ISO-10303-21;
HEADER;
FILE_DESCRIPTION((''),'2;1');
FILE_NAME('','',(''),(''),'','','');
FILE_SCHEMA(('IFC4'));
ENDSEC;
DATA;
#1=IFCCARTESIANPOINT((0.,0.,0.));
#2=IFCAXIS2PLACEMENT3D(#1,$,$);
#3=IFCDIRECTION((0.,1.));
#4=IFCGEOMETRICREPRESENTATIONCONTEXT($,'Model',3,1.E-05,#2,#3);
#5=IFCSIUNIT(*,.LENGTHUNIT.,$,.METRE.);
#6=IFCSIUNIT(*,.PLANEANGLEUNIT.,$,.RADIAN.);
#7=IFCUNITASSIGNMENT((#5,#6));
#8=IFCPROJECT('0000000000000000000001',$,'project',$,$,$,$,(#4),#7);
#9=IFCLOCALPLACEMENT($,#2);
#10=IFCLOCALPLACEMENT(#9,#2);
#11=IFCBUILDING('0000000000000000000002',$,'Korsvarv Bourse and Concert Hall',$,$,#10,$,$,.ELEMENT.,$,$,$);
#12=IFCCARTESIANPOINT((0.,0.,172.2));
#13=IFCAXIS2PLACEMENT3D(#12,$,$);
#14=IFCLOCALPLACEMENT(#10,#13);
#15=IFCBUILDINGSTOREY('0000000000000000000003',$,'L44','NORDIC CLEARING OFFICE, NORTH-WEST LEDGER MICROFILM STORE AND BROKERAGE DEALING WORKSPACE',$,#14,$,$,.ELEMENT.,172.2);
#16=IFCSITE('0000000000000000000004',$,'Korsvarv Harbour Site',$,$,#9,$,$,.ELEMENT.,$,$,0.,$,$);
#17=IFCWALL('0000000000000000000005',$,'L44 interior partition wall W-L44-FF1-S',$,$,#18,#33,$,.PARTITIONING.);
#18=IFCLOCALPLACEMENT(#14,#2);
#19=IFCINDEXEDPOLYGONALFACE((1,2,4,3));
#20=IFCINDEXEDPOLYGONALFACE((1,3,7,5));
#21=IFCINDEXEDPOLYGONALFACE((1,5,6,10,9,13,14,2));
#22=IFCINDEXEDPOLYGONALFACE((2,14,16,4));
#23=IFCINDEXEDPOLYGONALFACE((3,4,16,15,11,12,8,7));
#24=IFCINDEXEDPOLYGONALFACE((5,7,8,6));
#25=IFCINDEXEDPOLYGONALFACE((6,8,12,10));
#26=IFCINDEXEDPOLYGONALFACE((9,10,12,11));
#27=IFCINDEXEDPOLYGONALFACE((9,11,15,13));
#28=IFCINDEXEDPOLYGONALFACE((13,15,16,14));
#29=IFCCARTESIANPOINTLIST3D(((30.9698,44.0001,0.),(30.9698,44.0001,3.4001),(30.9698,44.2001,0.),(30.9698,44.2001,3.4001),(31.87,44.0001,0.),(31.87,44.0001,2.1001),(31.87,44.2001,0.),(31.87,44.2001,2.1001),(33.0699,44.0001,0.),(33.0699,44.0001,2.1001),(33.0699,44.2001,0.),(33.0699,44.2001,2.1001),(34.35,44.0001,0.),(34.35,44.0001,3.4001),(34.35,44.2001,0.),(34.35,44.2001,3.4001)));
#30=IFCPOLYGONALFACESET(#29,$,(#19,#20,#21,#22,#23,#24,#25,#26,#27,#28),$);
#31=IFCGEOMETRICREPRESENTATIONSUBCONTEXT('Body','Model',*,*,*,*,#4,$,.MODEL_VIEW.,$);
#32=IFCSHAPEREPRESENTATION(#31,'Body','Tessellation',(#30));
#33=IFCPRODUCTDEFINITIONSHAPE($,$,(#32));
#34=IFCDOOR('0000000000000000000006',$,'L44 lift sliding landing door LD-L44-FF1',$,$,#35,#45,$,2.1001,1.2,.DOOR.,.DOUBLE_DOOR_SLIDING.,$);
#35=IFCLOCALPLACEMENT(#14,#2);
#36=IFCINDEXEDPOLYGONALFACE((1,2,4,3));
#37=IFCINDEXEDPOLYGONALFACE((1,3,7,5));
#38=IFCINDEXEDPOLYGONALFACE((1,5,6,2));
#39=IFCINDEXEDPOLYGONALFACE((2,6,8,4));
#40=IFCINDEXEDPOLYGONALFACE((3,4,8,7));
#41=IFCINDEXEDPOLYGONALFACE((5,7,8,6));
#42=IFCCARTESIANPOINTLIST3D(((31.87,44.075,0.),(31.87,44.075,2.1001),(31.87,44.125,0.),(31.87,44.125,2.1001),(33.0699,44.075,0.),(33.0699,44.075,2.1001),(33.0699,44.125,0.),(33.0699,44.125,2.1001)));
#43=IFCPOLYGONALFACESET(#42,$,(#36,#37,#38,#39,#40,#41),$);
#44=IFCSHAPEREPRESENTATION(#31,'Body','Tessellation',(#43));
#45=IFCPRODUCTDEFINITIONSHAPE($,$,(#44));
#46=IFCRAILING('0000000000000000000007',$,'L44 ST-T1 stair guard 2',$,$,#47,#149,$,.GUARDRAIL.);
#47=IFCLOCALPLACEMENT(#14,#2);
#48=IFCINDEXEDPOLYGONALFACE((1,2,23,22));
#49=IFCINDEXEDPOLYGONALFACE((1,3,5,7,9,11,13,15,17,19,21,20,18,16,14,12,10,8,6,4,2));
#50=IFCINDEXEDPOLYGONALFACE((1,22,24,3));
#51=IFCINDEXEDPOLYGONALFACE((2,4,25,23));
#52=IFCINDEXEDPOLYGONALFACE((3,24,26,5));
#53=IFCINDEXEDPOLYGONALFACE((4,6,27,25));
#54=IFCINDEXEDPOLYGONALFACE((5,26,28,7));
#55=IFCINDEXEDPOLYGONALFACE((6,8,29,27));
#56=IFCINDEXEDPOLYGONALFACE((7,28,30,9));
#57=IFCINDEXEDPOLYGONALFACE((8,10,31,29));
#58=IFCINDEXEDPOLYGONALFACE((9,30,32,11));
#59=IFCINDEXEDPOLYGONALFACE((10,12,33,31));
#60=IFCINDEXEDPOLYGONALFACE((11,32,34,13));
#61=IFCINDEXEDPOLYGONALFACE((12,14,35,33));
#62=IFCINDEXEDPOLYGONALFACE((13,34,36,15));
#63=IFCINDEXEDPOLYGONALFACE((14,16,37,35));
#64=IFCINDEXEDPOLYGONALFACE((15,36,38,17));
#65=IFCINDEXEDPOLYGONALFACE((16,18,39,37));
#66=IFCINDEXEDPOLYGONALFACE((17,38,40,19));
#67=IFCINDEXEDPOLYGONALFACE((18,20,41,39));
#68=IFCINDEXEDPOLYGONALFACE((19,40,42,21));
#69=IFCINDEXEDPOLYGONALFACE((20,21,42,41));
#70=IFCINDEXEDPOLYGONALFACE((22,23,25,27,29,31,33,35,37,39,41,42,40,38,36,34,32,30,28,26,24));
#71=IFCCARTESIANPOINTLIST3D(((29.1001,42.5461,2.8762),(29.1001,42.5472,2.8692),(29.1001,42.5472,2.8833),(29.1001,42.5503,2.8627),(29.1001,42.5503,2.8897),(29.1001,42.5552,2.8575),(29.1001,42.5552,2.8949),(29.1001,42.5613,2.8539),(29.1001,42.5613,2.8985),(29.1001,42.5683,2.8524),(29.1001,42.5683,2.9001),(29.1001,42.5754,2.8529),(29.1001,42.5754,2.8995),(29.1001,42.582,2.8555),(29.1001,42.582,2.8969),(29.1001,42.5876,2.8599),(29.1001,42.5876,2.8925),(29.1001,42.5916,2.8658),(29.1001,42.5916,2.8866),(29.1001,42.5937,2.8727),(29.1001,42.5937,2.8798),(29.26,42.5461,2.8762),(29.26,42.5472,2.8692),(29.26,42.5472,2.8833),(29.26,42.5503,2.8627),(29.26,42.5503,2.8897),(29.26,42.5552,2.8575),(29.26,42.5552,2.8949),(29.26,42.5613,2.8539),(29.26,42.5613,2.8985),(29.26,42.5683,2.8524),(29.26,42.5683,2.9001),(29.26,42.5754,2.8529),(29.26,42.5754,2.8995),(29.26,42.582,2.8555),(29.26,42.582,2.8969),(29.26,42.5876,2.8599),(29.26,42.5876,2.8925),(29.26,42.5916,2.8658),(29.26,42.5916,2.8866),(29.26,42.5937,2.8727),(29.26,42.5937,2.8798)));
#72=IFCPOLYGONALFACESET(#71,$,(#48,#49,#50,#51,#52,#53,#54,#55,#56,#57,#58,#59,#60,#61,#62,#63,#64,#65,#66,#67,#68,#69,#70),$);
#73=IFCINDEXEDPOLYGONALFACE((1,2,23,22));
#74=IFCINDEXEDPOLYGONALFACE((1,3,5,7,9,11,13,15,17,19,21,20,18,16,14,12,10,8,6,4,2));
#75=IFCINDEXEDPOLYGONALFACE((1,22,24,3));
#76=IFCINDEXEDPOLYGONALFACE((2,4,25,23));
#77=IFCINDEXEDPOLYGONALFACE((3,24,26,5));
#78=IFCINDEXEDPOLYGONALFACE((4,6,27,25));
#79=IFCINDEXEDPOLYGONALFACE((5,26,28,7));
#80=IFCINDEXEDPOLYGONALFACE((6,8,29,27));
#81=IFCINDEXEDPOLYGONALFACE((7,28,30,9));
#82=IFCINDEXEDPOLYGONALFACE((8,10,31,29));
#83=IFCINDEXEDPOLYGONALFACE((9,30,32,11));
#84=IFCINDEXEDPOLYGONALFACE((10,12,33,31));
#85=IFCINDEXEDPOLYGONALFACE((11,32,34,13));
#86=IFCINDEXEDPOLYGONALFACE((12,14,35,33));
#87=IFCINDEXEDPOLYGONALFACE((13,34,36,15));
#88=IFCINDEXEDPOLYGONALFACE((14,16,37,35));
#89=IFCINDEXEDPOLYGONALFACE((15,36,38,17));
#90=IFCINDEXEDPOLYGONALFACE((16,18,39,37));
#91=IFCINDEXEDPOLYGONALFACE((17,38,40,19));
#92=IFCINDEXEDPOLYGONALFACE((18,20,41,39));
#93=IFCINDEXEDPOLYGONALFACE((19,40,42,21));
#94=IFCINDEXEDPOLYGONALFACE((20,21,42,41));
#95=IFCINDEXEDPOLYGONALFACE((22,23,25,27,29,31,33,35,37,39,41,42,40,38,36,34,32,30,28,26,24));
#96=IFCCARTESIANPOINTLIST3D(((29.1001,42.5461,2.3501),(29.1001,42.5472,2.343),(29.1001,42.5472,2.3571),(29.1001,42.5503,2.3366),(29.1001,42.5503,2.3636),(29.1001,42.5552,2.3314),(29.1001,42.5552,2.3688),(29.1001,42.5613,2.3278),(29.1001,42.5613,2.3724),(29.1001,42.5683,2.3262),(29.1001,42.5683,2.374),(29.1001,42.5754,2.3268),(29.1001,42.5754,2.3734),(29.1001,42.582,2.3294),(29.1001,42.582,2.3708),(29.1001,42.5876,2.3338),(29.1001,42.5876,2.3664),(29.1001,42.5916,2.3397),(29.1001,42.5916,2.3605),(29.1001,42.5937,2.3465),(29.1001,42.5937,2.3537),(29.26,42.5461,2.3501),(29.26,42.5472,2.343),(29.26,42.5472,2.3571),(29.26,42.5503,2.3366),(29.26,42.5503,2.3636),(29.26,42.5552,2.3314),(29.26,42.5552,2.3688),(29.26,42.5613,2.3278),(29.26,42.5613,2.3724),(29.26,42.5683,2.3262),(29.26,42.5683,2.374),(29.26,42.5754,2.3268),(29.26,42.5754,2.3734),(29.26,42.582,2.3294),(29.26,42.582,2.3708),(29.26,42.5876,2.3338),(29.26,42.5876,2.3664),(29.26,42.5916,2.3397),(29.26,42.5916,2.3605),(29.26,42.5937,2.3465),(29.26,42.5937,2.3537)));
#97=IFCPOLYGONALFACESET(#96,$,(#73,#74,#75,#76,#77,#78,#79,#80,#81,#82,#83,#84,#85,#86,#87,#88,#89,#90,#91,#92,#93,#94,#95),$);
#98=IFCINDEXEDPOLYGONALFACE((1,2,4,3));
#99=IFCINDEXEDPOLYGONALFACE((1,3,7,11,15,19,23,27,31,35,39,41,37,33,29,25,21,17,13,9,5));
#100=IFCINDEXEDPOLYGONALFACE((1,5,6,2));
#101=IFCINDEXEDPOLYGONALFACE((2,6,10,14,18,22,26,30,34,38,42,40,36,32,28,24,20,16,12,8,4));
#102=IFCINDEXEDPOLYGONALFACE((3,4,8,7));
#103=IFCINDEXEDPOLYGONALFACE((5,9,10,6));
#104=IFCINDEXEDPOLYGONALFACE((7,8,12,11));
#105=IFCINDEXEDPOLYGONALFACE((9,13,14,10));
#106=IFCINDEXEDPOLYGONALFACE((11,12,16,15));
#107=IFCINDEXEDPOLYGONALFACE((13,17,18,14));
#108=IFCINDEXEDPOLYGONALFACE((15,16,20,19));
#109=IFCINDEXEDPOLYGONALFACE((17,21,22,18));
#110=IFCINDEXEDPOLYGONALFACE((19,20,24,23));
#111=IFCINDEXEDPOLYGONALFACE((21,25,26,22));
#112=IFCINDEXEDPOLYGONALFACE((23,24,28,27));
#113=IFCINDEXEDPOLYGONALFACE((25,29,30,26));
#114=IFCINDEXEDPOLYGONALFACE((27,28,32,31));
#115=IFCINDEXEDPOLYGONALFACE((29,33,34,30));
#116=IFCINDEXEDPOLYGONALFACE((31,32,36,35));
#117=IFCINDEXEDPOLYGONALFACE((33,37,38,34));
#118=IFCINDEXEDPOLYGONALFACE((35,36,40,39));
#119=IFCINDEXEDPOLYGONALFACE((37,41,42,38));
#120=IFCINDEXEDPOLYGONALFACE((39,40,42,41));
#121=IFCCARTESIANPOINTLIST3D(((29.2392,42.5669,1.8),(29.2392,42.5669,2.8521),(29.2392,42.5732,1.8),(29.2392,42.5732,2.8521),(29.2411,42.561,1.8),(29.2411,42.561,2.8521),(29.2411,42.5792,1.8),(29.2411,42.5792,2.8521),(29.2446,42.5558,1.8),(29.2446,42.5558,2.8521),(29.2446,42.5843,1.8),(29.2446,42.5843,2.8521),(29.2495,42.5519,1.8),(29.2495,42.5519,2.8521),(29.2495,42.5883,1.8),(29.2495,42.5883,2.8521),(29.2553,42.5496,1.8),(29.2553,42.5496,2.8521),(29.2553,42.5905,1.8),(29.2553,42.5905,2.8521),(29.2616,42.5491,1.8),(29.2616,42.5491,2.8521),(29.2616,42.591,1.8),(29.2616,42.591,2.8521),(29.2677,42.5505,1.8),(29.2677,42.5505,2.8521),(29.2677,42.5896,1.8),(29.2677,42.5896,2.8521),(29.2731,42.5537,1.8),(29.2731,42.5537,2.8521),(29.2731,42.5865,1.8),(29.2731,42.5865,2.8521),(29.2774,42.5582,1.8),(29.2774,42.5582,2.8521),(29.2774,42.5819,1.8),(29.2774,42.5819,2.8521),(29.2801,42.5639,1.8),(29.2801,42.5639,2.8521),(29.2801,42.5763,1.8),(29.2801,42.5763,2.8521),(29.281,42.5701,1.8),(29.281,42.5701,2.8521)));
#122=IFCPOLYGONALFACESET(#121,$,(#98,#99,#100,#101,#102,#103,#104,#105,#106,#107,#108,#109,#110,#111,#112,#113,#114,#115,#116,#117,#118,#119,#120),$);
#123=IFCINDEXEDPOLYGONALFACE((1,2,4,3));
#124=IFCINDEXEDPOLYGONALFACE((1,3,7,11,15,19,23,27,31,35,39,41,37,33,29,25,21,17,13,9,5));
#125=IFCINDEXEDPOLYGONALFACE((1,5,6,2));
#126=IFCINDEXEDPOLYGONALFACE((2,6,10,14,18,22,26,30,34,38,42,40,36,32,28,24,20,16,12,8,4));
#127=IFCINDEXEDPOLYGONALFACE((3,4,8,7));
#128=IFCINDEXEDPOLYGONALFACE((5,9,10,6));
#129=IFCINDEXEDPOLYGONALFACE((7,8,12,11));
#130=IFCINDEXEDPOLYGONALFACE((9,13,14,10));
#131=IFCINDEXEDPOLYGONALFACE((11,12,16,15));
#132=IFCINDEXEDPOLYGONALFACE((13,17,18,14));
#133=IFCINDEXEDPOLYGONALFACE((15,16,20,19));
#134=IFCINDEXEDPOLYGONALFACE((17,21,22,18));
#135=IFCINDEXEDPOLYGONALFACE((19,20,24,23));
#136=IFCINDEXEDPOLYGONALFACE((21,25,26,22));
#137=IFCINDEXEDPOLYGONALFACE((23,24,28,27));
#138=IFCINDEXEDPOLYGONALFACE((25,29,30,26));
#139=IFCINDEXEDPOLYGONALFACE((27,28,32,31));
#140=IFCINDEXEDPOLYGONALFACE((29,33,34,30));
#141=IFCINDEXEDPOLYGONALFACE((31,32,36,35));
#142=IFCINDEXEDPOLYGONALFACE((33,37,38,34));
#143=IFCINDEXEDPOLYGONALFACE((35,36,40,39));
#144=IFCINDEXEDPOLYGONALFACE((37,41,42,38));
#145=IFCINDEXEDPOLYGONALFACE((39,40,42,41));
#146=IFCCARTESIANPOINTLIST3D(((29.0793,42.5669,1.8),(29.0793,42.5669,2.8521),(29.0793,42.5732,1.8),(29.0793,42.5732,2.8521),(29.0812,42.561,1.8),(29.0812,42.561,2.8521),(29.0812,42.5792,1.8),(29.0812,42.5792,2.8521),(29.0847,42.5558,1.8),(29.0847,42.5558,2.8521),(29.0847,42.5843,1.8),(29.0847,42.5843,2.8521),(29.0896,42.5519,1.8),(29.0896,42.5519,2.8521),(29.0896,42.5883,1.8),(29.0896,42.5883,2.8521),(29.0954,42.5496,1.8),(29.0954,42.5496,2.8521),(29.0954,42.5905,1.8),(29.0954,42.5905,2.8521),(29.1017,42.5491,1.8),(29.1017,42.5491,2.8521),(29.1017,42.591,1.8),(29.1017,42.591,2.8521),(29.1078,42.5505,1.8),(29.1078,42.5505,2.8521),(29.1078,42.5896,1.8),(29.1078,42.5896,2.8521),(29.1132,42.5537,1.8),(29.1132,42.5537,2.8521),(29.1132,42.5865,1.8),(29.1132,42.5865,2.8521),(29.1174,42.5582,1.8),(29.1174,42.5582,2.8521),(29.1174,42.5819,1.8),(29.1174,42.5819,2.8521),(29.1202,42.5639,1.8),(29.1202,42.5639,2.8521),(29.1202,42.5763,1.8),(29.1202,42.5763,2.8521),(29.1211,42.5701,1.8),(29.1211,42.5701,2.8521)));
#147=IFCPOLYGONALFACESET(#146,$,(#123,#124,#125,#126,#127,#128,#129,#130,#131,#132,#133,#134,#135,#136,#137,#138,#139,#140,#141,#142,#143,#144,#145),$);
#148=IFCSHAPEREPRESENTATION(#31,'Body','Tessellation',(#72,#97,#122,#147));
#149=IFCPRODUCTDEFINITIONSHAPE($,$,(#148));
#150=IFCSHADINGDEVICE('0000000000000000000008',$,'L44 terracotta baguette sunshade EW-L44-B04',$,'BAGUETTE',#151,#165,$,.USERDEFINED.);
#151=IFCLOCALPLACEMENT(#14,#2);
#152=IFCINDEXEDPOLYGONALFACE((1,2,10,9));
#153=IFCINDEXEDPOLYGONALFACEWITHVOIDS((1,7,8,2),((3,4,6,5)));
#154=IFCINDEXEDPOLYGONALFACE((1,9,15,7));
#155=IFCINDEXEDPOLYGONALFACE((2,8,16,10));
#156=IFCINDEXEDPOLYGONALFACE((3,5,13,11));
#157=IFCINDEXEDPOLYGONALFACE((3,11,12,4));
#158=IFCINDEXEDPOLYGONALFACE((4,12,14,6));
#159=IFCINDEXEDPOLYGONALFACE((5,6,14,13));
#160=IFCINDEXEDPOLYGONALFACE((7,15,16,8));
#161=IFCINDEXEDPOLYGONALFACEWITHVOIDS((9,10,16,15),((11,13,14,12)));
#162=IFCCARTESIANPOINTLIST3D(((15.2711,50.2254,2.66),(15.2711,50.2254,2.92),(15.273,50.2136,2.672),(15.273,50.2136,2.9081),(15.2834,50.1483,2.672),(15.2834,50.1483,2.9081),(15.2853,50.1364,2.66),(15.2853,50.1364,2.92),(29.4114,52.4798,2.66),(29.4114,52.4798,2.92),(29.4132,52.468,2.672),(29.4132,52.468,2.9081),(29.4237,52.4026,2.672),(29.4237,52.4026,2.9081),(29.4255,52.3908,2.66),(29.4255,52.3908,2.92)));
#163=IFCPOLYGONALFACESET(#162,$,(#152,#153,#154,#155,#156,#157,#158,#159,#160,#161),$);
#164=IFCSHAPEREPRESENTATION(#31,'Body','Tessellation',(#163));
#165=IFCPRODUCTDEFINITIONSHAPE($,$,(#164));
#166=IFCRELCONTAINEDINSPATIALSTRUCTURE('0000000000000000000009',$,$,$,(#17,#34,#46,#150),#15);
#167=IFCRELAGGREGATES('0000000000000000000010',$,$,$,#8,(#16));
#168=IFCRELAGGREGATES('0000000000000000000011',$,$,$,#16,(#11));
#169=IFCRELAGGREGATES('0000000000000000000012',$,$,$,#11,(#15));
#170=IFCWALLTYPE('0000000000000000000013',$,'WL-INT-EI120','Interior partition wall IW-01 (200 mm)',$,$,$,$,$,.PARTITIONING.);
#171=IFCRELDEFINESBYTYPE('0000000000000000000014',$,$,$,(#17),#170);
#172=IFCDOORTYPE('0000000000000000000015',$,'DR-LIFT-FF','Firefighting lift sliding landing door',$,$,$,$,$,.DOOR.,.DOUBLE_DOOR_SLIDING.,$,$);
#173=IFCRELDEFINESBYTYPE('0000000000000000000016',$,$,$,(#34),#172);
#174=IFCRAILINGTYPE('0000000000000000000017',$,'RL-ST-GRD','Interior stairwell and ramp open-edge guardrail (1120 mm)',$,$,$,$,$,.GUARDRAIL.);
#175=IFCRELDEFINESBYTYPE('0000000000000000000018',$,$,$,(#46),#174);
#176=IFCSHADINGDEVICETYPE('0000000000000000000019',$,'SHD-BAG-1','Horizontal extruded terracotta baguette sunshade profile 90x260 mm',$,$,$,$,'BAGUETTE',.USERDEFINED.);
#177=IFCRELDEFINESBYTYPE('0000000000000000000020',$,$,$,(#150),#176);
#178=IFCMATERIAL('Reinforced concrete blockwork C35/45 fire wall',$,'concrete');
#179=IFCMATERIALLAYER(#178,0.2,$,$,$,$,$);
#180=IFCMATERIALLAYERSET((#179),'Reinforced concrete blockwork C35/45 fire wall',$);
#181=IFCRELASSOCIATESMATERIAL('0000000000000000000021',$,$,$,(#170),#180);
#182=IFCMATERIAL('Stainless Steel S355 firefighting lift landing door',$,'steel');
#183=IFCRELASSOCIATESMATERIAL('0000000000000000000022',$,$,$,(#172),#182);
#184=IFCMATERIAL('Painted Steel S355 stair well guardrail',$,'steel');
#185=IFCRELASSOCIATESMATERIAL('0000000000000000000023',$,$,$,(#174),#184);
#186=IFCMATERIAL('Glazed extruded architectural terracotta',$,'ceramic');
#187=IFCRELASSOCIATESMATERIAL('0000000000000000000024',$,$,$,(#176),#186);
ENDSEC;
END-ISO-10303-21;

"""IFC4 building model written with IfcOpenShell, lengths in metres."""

from ifc_helpers import new_model, si_unit, direction, frame, frame_2d, origin, origin_2d, place, context, subcontext, project, spatial, rectangle, hollow_rectangle, circle, extrude, source, transform, mapped, material, layer, layer_set, material_profile, profile_set, type_object, element, fill, save


model = new_model("IFC4")

# Units and contexts
model_context = context("Model", 3, precision=1e-05, world=origin(), true_north=direction((0.0, 1.0)))
body_context = subcontext(model_context, "Body", "Model", "MODEL_VIEW")
ifc_project = project(units=[si_unit("LENGTHUNIT", "METRE"), si_unit("PLANEANGLEUNIT", "RADIAN")], contexts=[model_context])

# Site, building, storey
site_placement = place(None, origin())
site = spatial("IfcSite", under=ifc_project, at=site_placement, Name="Korsvarv Harbour Site", CompositionType="ELEMENT", RefElevation=0.0)
building_placement = place(site_placement, origin())
building = spatial("IfcBuilding", under=site, at=building_placement, Name="Korsvarv Bourse and Concert Hall", CompositionType="ELEMENT")
storey_placement = place(building_placement, frame((0.0, 0.0, 172.2)))
storey = spatial("IfcBuildingStorey", under=building, at=storey_placement, Name="L44", Description="NORDIC CLEARING OFFICE, NORTH-WEST LEDGER MICROFILM STORE AND BROKERAGE DEALING WORKSPACE", CompositionType="ELEMENT", Elevation=172.2)

# Wall, opening, door
ifc_material_1 = material(Name="Reinforced concrete blockwork C35/45 fire wall", Category="concrete")
ifc_layer_1 = layer(ifc_material_1, 0.2)
ifc_layer_set_1 = layer_set([ifc_layer_1], Name="Reinforced concrete blockwork C35/45 fire wall")
wall_type_1 = type_object("IfcWallType", Name="WL-INT-EI120", Description="Interior partition wall IW-01 (200 mm)", PredefinedType="PARTITIONING", material=ifc_layer_set_1)
wall_1_placement = place(storey_placement, frame((30.97, 44.1001, 0.0), z_axis=(0.0, 0.0, 1.0), x_axis=(1.0, 0.0, 0.0)))
wall_1 = element("IfcWall", 1, at=wall_1_placement, inside=storey, type_object=wall_type_1, Name="L44 interior partition wall W-L44-FF1-S", PredefinedType="PARTITIONING", context=body_context, shape_type="SweptSolid", body=[
    extrude(rectangle(XDim=3.3801, YDim=0.2, at=frame_2d((1.6899, 0.0))), origin(), (0.0, 0.0, 1.0), 3.4001),
])
opening_placement = place(wall_1_placement, frame((0.8999, 0.0, 0.0)))
opening = element("IfcOpeningElement", 2, at=opening_placement, cuts=wall_1, PredefinedType="OPENING", context=body_context, shape_type="SweptSolid", body=[
    extrude(rectangle(XDim=1.2, YDim=2.1001, at=frame_2d((0.6001, 1.05))), frame((0.0, 0.1099, 0.0), z_axis=(0.0, -1.0, 0.0), x_axis=(1.0, 0.0, 0.0)), (0.0, 0.0, 1.0), 0.22),
])
ifc_material_2 = material(Name="Stainless Steel S355 firefighting lift landing door", Category="steel")
door_type = type_object("IfcDoorType", Name="DR-LIFT-FF", Description="Firefighting lift sliding landing door", OperationType="DOUBLE_DOOR_SLIDING", PredefinedType="DOOR", material=ifc_material_2)
door_placement = place(opening_placement, origin())
door = element("IfcDoor", 3, at=door_placement, inside=storey, type_object=door_type, Name="L44 lift sliding landing door LD-L44-FF1", OperationType="DOUBLE_DOOR_SLIDING", OverallHeight=2.1001, OverallWidth=1.2, PredefinedType="DOOR", context=body_context, shape_type="SweptSolid", body=[
    extrude(rectangle(XDim=1.2, YDim=2.1001, at=frame_2d((0.6001, 1.05))), frame((0.0, 0.0249, 0.0), z_axis=(0.0, -1.0, 0.0), x_axis=(1.0, 0.0, 0.0)), (0.0, 0.0, 1.0), 0.05),
])
fill(opening, door)

# Railing
ifc_material_3 = material(Name="Painted Steel S355 stair well guardrail", Category="steel")
railing_type = type_object("IfcRailingType", Name="RL-ST-GRD", Description="Interior stairwell and ramp open-edge guardrail (1120 mm)", PredefinedType="GUARDRAIL", material=ifc_material_3)
railing_placement = place(storey_placement, frame((29.26, 42.5701, 1.8)))
element("IfcRailing", 4, at=railing_placement, inside=storey, type_object=railing_type, Name="L44 ST-T1 stair guard 2", PredefinedType="GUARDRAIL", context=body_context, shape_type="SweptSolid", body=[
    extrude(circle(Radius=0.0239, at=origin_2d()), frame((0.0, 0.0, 1.0762), z_axis=(-1.0, 0.0, 0.0), x_axis=(0.0, -1.0, 0.0)), (0.0, 0.0, 1.0), 0.1599),
    extrude(circle(Radius=0.0239, at=origin_2d()), frame((0.0, 0.0, 0.55), z_axis=(-1.0, 0.0, 0.0), x_axis=(0.0, -1.0, 0.0)), (0.0, 0.0, 1.0), 0.1599),
    extrude(circle(Radius=0.021, at=origin_2d()), origin(), (0.0, 0.0, 1.0), 1.052),
    extrude(circle(Radius=0.021, at=origin_2d()), frame((-0.1599, 0.0, 0.0)), (0.0, 0.0, 1.0), 1.052),
])

# Shading device
ifc_material_4 = material(Name="Glazed extruded architectural terracotta", Category="ceramic")
ifc_material_profile_1 = material_profile(ifc_material_4, hollow_rectangle(XDim=0.0901, YDim=0.26, WallThickness=0.012, at=origin_2d()), Name="TC-BAG 90x260")
ifc_profile_set_1 = profile_set([ifc_material_profile_1], Name="Glazed extruded architectural terracotta")
shading_device_type = type_object("IfcShadingDeviceType", Name="SHD-BAG-1", Description="Horizontal extruded terracotta baguette sunshade profile 90x260 mm", ElementType="BAGUETTE", PredefinedType="USERDEFINED", material=ifc_profile_set_1)
shared_shape_1 = source(origin(), body_context, "Body", "SweptSolid", [
    extrude(hollow_rectangle(XDim=0.0901, YDim=0.26, WallThickness=0.012, at=origin_2d()), origin(), (0.0, 0.0, 1.0), 14.3188),
])
shading_device_placement = place(storey_placement, frame((29.4185, 52.4353, 2.79), z_axis=(-0.987528, -0.157441, 0.0), x_axis=(0.157441, -0.987528, 0.0)))
element("IfcShadingDevice", 5, at=shading_device_placement, inside=storey, type_object=shading_device_type, Name="L44 terracotta baguette sunshade EW-L44-B04", ObjectType="BAGUETTE", PredefinedType="USERDEFINED", context=body_context, shape_type="MappedRepresentation", body=[
    mapped(shared_shape_1, transform((0.0, 0.0, 0.0), scale=1.0)),
])

save(model, "model.ifc")
